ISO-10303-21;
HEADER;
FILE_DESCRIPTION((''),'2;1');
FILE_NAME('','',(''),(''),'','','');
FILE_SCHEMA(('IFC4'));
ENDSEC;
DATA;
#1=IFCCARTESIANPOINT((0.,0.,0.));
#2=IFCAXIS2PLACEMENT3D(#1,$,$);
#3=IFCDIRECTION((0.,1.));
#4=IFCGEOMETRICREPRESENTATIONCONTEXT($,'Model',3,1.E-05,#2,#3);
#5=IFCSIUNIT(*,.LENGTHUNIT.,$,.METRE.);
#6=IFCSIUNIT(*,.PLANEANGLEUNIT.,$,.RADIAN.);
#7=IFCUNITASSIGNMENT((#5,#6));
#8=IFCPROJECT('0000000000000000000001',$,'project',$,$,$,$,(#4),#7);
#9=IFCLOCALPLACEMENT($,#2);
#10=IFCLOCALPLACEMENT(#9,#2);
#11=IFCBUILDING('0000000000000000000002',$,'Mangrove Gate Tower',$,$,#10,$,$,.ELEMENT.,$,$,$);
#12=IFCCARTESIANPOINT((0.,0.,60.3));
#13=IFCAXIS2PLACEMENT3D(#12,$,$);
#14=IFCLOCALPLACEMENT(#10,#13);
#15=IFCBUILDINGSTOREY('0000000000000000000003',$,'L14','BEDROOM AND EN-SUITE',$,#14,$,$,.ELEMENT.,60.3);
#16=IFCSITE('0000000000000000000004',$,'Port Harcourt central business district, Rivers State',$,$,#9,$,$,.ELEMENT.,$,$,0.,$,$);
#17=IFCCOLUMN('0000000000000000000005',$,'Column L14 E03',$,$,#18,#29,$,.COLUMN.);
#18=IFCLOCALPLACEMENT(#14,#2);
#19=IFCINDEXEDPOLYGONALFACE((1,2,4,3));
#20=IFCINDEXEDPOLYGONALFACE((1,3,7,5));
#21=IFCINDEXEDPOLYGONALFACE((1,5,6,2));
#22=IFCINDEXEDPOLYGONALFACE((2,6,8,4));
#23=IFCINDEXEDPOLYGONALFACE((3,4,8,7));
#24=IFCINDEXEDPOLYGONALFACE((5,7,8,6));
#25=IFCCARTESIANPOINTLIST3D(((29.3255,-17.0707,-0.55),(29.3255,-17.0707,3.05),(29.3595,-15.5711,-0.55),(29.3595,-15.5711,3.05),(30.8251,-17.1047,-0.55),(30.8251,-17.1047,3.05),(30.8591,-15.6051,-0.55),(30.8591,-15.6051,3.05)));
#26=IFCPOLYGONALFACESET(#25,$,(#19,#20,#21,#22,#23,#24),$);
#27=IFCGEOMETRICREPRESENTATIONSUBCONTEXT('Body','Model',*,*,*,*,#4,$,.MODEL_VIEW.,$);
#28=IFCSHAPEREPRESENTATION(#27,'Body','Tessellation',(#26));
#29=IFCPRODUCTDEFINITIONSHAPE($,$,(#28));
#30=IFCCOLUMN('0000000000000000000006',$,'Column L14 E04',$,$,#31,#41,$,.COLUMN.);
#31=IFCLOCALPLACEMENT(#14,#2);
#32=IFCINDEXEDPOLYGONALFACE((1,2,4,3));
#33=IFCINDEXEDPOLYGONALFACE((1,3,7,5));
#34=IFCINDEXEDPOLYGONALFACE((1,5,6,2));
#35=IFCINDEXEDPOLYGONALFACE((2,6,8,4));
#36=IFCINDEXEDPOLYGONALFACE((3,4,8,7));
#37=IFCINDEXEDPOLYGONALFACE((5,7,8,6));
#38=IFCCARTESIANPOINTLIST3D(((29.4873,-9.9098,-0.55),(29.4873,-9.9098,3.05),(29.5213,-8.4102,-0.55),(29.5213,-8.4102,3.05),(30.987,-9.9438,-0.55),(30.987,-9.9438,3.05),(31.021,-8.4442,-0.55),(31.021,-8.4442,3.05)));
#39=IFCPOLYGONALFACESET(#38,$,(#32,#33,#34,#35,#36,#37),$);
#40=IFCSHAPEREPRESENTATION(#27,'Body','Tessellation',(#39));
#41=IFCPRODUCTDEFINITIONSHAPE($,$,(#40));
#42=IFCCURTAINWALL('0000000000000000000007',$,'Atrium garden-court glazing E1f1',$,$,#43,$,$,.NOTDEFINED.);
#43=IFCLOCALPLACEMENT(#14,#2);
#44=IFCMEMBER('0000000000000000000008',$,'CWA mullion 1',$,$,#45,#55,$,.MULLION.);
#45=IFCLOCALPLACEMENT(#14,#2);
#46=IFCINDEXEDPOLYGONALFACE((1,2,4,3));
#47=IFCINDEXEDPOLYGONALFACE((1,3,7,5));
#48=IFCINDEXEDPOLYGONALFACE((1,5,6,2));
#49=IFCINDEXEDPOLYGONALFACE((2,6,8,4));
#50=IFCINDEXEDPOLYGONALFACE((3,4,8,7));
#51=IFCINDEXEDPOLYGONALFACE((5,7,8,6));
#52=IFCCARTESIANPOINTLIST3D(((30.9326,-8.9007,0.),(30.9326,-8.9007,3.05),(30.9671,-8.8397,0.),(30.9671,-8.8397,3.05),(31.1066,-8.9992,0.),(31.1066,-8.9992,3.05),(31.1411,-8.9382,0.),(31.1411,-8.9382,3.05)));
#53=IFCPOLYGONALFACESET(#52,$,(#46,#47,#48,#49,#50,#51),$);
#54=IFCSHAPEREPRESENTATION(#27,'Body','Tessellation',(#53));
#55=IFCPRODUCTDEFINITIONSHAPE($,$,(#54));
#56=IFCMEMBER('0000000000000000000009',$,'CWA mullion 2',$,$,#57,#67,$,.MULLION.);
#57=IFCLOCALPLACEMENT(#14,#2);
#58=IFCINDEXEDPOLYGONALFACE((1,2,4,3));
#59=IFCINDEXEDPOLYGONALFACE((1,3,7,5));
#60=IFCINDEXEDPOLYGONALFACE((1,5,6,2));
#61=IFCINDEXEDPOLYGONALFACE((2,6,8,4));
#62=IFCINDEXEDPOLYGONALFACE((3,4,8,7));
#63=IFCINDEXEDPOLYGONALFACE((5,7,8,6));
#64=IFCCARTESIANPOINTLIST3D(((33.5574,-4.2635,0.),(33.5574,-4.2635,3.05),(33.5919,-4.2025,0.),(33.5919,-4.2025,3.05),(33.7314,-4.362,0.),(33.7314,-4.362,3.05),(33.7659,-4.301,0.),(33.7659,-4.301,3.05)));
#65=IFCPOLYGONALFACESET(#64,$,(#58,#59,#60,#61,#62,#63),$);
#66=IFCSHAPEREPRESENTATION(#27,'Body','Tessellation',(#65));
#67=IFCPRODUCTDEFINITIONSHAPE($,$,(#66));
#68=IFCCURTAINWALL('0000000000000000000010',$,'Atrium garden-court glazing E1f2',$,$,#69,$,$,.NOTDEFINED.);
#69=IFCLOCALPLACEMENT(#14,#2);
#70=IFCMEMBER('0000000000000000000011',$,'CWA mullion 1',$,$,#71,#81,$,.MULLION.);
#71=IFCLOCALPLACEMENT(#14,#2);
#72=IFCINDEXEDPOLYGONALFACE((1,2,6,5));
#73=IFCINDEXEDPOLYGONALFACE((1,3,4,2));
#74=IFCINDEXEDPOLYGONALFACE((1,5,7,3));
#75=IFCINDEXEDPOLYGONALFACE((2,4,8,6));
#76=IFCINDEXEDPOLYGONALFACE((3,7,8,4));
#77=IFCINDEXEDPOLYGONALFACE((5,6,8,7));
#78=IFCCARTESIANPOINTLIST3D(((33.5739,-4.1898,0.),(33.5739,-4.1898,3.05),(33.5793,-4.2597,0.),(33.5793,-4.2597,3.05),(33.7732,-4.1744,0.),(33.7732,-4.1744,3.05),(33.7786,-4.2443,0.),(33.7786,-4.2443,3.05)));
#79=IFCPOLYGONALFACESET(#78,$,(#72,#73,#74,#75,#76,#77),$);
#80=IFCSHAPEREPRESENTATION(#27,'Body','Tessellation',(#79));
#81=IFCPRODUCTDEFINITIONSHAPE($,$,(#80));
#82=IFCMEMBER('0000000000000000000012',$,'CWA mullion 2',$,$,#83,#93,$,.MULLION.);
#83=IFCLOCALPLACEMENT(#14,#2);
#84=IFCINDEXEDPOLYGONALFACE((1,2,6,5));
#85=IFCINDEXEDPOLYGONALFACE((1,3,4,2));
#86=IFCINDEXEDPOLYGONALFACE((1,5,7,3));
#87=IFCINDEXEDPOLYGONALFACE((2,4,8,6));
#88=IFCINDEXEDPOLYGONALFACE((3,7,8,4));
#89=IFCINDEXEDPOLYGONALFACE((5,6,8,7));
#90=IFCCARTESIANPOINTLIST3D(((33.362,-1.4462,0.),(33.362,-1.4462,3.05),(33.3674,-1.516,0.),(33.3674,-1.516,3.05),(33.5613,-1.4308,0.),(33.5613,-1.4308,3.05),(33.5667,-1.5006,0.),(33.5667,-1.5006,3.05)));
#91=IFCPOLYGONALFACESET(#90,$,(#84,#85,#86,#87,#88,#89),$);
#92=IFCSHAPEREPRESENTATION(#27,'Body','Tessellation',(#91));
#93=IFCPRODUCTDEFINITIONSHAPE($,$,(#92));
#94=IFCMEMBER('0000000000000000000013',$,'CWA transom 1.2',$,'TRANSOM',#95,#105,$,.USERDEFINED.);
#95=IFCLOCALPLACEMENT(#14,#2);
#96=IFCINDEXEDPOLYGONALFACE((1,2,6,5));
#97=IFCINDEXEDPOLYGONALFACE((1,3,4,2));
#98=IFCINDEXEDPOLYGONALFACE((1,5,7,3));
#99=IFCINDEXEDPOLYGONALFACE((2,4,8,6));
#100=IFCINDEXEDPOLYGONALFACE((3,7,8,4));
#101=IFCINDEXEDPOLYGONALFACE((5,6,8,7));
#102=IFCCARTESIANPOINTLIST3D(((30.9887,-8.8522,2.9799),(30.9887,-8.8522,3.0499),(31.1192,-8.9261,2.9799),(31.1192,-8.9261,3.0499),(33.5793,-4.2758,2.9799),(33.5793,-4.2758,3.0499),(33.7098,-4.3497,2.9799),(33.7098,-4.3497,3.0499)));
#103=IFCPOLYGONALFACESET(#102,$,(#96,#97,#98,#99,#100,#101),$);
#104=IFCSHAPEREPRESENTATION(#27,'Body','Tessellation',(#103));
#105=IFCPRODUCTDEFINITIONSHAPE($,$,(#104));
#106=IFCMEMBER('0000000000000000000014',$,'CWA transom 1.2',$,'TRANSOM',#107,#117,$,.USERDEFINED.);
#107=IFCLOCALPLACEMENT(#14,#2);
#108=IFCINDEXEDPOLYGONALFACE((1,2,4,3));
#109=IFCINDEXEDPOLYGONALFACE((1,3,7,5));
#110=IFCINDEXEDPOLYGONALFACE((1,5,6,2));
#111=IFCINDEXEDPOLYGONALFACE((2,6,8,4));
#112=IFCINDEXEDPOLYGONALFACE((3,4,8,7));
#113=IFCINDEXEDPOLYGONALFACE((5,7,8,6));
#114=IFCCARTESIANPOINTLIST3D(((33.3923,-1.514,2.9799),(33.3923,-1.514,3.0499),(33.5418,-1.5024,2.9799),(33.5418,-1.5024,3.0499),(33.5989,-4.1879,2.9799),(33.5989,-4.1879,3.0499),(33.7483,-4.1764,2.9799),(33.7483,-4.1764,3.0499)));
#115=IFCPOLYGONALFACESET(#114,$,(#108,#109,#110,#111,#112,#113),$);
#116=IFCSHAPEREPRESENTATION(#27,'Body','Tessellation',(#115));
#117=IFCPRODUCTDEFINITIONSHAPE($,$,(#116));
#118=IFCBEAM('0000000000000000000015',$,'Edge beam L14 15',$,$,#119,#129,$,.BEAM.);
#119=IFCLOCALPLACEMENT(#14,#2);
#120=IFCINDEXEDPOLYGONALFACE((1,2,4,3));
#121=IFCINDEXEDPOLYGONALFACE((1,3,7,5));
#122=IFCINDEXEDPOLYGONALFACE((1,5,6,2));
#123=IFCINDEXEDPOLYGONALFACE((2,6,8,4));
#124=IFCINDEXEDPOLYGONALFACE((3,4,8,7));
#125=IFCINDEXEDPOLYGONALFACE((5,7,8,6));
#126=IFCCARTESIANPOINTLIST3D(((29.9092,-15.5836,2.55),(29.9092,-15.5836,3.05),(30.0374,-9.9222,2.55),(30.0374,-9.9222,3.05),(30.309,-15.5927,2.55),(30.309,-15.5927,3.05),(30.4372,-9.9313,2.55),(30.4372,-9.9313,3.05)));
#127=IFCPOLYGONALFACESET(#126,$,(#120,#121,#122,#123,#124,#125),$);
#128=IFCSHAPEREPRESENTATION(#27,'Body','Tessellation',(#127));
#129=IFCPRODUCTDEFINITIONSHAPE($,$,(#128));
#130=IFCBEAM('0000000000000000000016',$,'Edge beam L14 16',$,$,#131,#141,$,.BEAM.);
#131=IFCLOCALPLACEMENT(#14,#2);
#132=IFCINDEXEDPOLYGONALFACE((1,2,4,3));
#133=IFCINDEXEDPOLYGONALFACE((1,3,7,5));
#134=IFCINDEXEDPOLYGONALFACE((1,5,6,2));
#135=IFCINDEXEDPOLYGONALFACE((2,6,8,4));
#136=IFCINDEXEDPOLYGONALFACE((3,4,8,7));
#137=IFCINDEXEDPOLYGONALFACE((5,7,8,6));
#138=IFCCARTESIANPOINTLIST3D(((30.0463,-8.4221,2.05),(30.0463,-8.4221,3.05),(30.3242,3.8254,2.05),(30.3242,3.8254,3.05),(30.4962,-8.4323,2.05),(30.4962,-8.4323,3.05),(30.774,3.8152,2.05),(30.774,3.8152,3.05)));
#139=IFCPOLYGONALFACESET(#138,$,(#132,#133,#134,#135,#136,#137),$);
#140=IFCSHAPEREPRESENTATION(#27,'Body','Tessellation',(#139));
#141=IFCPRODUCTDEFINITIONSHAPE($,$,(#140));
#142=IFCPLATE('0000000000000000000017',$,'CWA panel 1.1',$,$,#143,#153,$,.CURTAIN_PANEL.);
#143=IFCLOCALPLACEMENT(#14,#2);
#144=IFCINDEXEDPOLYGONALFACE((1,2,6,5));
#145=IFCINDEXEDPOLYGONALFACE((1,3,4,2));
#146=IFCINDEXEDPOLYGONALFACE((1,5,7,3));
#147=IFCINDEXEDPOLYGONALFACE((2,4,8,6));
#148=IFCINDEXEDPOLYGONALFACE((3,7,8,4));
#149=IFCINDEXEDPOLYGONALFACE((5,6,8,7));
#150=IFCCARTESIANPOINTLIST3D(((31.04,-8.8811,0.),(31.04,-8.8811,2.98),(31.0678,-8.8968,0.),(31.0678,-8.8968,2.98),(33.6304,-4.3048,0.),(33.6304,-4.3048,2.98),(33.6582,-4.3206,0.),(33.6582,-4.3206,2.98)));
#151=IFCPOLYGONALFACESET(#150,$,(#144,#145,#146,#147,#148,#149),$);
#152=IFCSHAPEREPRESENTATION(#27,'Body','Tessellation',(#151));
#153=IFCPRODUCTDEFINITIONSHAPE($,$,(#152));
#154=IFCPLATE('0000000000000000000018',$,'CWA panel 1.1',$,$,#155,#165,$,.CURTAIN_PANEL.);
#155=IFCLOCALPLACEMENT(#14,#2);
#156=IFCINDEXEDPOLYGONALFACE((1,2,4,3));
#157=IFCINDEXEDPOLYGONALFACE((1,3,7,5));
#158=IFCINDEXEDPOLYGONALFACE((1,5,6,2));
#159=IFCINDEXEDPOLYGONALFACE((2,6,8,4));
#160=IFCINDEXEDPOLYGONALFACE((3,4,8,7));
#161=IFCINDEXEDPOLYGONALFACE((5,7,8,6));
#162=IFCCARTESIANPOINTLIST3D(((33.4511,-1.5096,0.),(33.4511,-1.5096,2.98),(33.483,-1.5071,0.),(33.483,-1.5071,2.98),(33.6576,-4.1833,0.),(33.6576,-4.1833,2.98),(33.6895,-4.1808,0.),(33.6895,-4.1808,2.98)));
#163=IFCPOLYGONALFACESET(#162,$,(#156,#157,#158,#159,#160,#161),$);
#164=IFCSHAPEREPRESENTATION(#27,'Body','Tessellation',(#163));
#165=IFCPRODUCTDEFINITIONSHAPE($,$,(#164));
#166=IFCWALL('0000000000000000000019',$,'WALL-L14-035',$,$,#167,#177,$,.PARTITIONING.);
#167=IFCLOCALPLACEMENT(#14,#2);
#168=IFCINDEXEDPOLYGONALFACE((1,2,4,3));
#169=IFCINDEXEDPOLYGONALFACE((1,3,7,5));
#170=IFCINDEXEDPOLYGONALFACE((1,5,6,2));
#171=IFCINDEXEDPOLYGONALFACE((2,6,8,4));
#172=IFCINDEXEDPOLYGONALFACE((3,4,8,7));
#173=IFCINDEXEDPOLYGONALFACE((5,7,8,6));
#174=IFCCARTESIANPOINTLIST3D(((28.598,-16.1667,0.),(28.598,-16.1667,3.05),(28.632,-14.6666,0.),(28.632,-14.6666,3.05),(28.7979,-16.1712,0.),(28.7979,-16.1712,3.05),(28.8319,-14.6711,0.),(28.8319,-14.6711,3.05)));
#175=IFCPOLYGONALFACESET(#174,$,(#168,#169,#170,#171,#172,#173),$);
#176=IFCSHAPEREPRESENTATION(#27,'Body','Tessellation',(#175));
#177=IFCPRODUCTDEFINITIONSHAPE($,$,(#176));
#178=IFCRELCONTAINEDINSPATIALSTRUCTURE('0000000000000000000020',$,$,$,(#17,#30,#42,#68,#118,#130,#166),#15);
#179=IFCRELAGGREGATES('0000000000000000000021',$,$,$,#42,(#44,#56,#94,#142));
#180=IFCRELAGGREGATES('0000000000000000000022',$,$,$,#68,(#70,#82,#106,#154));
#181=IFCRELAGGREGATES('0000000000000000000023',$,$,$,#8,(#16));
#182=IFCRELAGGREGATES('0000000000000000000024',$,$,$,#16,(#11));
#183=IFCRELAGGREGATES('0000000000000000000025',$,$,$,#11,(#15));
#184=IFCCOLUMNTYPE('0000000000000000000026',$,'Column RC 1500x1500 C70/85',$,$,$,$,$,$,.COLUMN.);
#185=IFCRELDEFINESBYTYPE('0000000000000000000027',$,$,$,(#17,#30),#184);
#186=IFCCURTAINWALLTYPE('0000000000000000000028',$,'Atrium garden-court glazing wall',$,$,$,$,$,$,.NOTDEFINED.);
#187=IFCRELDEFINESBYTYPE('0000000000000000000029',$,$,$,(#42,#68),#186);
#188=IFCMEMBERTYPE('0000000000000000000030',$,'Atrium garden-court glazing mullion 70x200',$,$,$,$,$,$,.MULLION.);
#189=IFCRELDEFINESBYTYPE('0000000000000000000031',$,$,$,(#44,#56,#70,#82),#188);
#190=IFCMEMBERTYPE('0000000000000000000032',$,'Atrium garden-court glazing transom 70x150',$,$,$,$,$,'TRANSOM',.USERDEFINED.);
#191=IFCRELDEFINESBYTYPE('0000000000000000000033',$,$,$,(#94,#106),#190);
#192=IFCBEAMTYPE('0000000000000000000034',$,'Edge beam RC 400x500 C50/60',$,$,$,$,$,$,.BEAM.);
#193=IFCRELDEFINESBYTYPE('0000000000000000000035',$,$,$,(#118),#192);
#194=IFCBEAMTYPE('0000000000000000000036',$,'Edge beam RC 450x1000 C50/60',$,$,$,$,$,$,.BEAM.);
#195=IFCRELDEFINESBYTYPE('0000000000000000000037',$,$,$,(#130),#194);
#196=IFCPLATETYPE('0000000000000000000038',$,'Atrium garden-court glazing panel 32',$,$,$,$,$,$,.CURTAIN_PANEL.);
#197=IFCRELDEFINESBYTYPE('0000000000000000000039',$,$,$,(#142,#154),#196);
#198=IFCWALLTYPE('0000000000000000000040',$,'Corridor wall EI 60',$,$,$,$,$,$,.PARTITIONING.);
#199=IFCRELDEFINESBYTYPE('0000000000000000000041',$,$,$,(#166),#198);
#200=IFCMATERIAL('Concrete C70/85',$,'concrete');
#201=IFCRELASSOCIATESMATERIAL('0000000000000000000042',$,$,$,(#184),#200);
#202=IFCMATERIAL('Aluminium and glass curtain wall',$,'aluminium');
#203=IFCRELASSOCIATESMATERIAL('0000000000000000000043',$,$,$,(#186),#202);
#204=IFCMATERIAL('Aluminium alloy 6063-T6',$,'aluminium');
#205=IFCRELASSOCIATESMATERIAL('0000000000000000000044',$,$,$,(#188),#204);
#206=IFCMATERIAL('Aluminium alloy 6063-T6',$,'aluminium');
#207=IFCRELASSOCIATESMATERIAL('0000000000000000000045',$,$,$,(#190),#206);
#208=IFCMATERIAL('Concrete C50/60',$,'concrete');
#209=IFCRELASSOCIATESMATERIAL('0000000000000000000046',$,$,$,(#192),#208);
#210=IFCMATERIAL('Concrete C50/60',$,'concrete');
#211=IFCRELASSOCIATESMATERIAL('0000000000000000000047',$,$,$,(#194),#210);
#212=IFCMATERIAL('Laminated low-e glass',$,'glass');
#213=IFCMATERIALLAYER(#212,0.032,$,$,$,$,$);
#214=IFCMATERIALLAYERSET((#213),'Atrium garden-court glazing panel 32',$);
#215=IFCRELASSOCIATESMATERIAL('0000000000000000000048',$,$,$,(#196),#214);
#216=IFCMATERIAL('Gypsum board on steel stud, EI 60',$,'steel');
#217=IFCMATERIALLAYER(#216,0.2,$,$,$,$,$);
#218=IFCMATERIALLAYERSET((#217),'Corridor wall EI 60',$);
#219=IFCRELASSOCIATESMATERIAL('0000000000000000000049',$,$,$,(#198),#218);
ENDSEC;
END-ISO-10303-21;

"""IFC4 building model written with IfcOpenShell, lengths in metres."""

from ifc_helpers import new_model, si_unit, direction, frame, frame_2d, origin, origin_2d, place, context, subcontext, project, spatial, rectangle, extrude, material, layer, layer_set, material_profile, profile_set, type_object, element, aggregate, save


model = new_model("IFC4")

# Units and contexts
model_context = context("Model", 3, precision=1e-05, world=origin(), true_north=direction((0.0, 1.0)))
body_context = subcontext(model_context, "Body", "Model", "MODEL_VIEW")
ifc_project = project(units=[si_unit("LENGTHUNIT", "METRE"), si_unit("PLANEANGLEUNIT", "RADIAN")], contexts=[model_context])

# Site, building, storey
site_placement = place(None, origin())
site = spatial("IfcSite", under=ifc_project, at=site_placement, Name="Port Harcourt central business district, Rivers State", CompositionType="ELEMENT", RefElevation=0.0)
building_placement = place(site_placement, origin())
building = spatial("IfcBuilding", under=site, at=building_placement, Name="Mangrove Gate Tower", CompositionType="ELEMENT")
storey_placement = place(building_placement, frame((0.0, 0.0, 60.3)))
storey = spatial("IfcBuildingStorey", under=building, at=storey_placement, Name="L14", Description="BEDROOM AND EN-SUITE", CompositionType="ELEMENT", Elevation=60.3)

# Columns
ifc_material_1 = material(Name="Concrete C70/85", Category="concrete")
ifc_material_profile_1 = material_profile(ifc_material_1, rectangle(XDim=1.5, YDim=1.5, at=origin_2d()))
ifc_profile_set_1 = profile_set([ifc_material_profile_1], Name="Concrete C70/85")
column_type = type_object("IfcColumnType", Name="Column RC 1500x1500 C70/85", PredefinedType="COLUMN", material=ifc_profile_set_1)
for number, where, z_axis, x_axis, name in (
    (1, (30.0923, -16.3379, -0.55), (0.0, 0.0, 1.0), (0.022688, 0.999743, 0.0), "Column L14 E03"),
    (2, (30.2542, -9.177, -0.55), (0.0, 0.0, 1.0), (0.022665, 0.999743, 0.0), "Column L14 E04"),
):
    element("IfcColumn", number, at=place(storey_placement, frame(where, z_axis=z_axis, x_axis=x_axis)), inside=storey, type_object=column_type, Name=name, PredefinedType="COLUMN", context=body_context, shape_type="SweptSolid", body=[
        extrude(rectangle(XDim=1.5, YDim=1.5, at=origin_2d()), origin(), (0.0, 0.0, 1.0), 3.6001),
    ])

# Curtain walls, members
ifc_material_2 = material(Name="Aluminium and glass curtain wall", Category="aluminium")
curtain_wall_type = type_object("IfcCurtainWallType", Name="Atrium garden-court glazing wall", PredefinedType="NOTDEFINED", material=ifc_material_2)
curtain_wall_1_placement = place(storey_placement, origin())
curtain_wall_1 = element("IfcCurtainWall", 3, at=curtain_wall_1_placement, inside=storey, type_object=curtain_wall_type, Name="Atrium garden-court glazing E1f1", PredefinedType="NOTDEFINED")
ifc_material_3 = material(Name="Aluminium alloy 6063-T6", Category="aluminium")
ifc_material_profile_2 = material_profile(ifc_material_3, rectangle(XDim=0.0701, YDim=0.2, at=origin_2d()))
ifc_profile_set_2 = profile_set([ifc_material_profile_2], Name="Aluminium alloy 6063-T6")
member_type_1 = type_object("IfcMemberType", Name="Atrium garden-court glazing mullion 70x200", PredefinedType="MULLION", material=ifc_profile_set_2)
member_1_placement = place(storey_placement, frame((31.0369, -8.9194, 0.0), z_axis=(0.0, 0.0, 1.0), x_axis=(0.492604, 0.870254, 0.0)))
member_1 = element("IfcMember", 4, at=member_1_placement, type_object=member_type_1, Name="CWA mullion 1", PredefinedType="MULLION", context=body_context, shape_type="SweptSolid", body=[
    extrude(rectangle(XDim=0.0701, YDim=0.2, at=origin_2d()), origin(), (0.0, 0.0, 1.0), 3.05),
])
member_2_placement = place(storey_placement, frame((33.6616, -4.2822, 0.0), z_axis=(0.0, 0.0, 1.0), x_axis=(0.492604, 0.870254, 0.0)))
member_2 = element("IfcMember", 5, at=member_2_placement, type_object=member_type_1, Name="CWA mullion 2", PredefinedType="MULLION", context=body_context, shape_type="SweptSolid", body=[
    extrude(rectangle(XDim=0.0701, YDim=0.2, at=origin_2d()), origin(), (0.0, 0.0, 1.0), 3.05),
])
curtain_wall_2_placement = place(storey_placement, origin())
curtain_wall_2 = element("IfcCurtainWall", 6, at=curtain_wall_2_placement, inside=storey, type_object=curtain_wall_type, Name="Atrium garden-court glazing E1f2", PredefinedType="NOTDEFINED")
member_3_placement = place(storey_placement, frame((33.6763, -4.217, 0.0), z_axis=(0.0, 0.0, 1.0), x_axis=(-0.077023, 0.997029, 0.0)))
member_3 = element("IfcMember", 7, at=member_3_placement, type_object=member_type_1, Name="CWA mullion 1", PredefinedType="MULLION", context=body_context, shape_type="SweptSolid", body=[
    extrude(rectangle(XDim=0.0701, YDim=0.2, at=origin_2d()), origin(), (0.0, 0.0, 1.0), 3.05),
])
member_4_placement = place(storey_placement, frame((33.4644, -1.4734, 0.0), z_axis=(0.0, 0.0, 1.0), x_axis=(-0.077023, 0.997029, 0.0)))
member_4 = element("IfcMember", 8, at=member_4_placement, type_object=member_type_1, Name="CWA mullion 2", PredefinedType="MULLION", context=body_context, shape_type="SweptSolid", body=[
    extrude(rectangle(XDim=0.0701, YDim=0.2, at=origin_2d()), origin(), (0.0, 0.0, 1.0), 3.05),
])

# Members
ifc_material_4 = material(Name="Aluminium alloy 6063-T6", Category="aluminium")
ifc_material_profile_3 = material_profile(ifc_material_4, rectangle(XDim=0.0701, YDim=0.1499, at=origin_2d()))
ifc_profile_set_3 = profile_set([ifc_material_profile_3], Name="Aluminium alloy 6063-T6")
member_type_2 = type_object("IfcMemberType", Name="Atrium garden-court glazing transom 70x150", ElementType="TRANSOM", PredefinedType="USERDEFINED", material=ifc_profile_set_3)
member_5_placement = place(storey_placement, frame((31.054, -8.8892, 3.0149), z_axis=(0.49262, 0.870244, 0.0), x_axis=(0.0, 0.0, 1.0)))
member_5 = element("IfcMember", 9, at=member_5_placement, type_object=member_type_2, Name="CWA transom 1.2", ObjectType="TRANSOM", PredefinedType="USERDEFINED", context=body_context, shape_type="SweptSolid", body=[
    extrude(rectangle(XDim=0.0701, YDim=0.1499, at=origin_2d()), origin(), (0.0, 0.0, 1.0), 5.2588),
])
member_6_placement = place(storey_placement, frame((33.6736, -4.1821, 3.0149), z_axis=(-0.077017, 0.99703, 0.0), x_axis=(0.0, 0.0, 1.0)))
member_6 = element("IfcMember", 10, at=member_6_placement, type_object=member_type_2, Name="CWA transom 1.2", ObjectType="TRANSOM", PredefinedType="USERDEFINED", context=body_context, shape_type="SweptSolid", body=[
    extrude(rectangle(XDim=0.0701, YDim=0.1499, at=origin_2d()), origin(), (0.0, 0.0, 1.0), 2.6819),
])

# Beams
ifc_material_5 = material(Name="Concrete C50/60", Category="concrete")
ifc_material_profile_4 = material_profile(ifc_material_5, rectangle(XDim=0.3999, YDim=0.5, at=origin_2d()))
ifc_profile_set_4 = profile_set([ifc_material_profile_4], Name="Concrete C50/60")
beam_type_1 = type_object("IfcBeamType", Name="Edge beam RC 400x500 C50/60", PredefinedType="BEAM", material=ifc_profile_set_4)
beam_1_placement = place(storey_placement, frame((30.1091, -15.5881, 2.8), z_axis=(0.022634, 0.999744, 0.0), x_axis=(-0.999744, 0.022634, 0.0)))
element("IfcBeam", 11, at=beam_1_placement, inside=storey, type_object=beam_type_1, Name="Edge beam L14 15", PredefinedType="BEAM", context=body_context, shape_type="SweptSolid", body=[
    extrude(rectangle(XDim=0.3999, YDim=0.5, at=origin_2d()), origin(), (0.0, 0.0, 1.0), 5.6628),
])
ifc_material_6 = material(Name="Concrete C50/60", Category="concrete")
ifc_material_profile_5 = material_profile(ifc_material_6, rectangle(XDim=0.45, YDim=1.0, at=origin_2d()))
ifc_profile_set_5 = profile_set([ifc_material_profile_5], Name="Concrete C50/60")
beam_type_2 = type_object("IfcBeamType", Name="Edge beam RC 450x1000 C50/60", PredefinedType="BEAM", material=ifc_profile_set_5)
beam_2_placement = place(storey_placement, frame((30.2712, -8.4272, 2.55), z_axis=(0.022679, 0.999743, 0.0), x_axis=(-0.999743, 0.022679, 0.0)))
element("IfcBeam", 12, at=beam_2_placement, inside=storey, type_object=beam_type_2, Name="Edge beam L14 16", PredefinedType="BEAM", context=body_context, shape_type="SweptSolid", body=[
    extrude(rectangle(XDim=0.45, YDim=1.0, at=origin_2d()), origin(), (0.0, 0.0, 1.0), 12.2507),
])

# Plates
ifc_material_7 = material(Name="Laminated low-e glass", Category="glass")
ifc_layer_1 = layer(ifc_material_7, 0.032)
ifc_layer_set_1 = layer_set([ifc_layer_1], Name="Atrium garden-court glazing panel 32")
plate_type = type_object("IfcPlateType", Name="Atrium garden-court glazing panel 32", PredefinedType="CURTAIN_PANEL", material=ifc_layer_set_1)
plate_1_placement = place(storey_placement, frame((32.3491, -6.6008, 0.0), z_axis=(0.0, 0.0, 1.0), x_axis=(0.492604, 0.870254, 0.0)))
plate_1 = element("IfcPlate", 13, at=plate_1_placement, type_object=plate_type, Name="CWA panel 1.1", PredefinedType="CURTAIN_PANEL", context=body_context, shape_type="SweptSolid", body=[
    extrude(rectangle(XDim=5.2585, YDim=0.032, at=origin_2d()), origin(), (0.0, 0.0, 1.0), 2.98),
])
aggregate(curtain_wall_1, [member_1, member_2, member_5, plate_1])
plate_2_placement = place(storey_placement, frame((33.5703, -2.8452, 0.0), z_axis=(0.0, 0.0, 1.0), x_axis=(-0.077023, 0.997029, 0.0)))
plate_2 = element("IfcPlate", 14, at=plate_2_placement, type_object=plate_type, Name="CWA panel 1.1", PredefinedType="CURTAIN_PANEL", context=body_context, shape_type="SweptSolid", body=[
    extrude(rectangle(XDim=2.6816, YDim=0.032, at=origin_2d()), origin(), (0.0, 0.0, 1.0), 2.98),
])
aggregate(curtain_wall_2, [member_3, member_4, member_6, plate_2])

# Wall
ifc_material_8 = material(Name="Gypsum board on steel stud, EI 60", Category="steel")
ifc_layer_2 = layer(ifc_material_8, 0.2)
ifc_layer_set_2 = layer_set([ifc_layer_2], Name="Corridor wall EI 60")
wall_type_1 = type_object("IfcWallType", Name="Corridor wall EI 60", PredefinedType="PARTITIONING", material=ifc_layer_set_2)
wall_1_placement = place(storey_placement, frame((28.698, -16.1689, 0.0), z_axis=(0.0, 0.0, 1.0), x_axis=(0.022618, 0.999744, 0.0)))
element("IfcWall", 15, at=wall_1_placement, inside=storey, type_object=wall_type_1, Name="WALL-L14-035", PredefinedType="PARTITIONING", context=body_context, shape_type="SweptSolid", body=[
    extrude(rectangle(XDim=1.5005, YDim=0.2, at=frame_2d((0.7502, 0.0))), origin(), (0.0, 0.0, 1.0), 3.05),
])

save(model, "model.ifc")
